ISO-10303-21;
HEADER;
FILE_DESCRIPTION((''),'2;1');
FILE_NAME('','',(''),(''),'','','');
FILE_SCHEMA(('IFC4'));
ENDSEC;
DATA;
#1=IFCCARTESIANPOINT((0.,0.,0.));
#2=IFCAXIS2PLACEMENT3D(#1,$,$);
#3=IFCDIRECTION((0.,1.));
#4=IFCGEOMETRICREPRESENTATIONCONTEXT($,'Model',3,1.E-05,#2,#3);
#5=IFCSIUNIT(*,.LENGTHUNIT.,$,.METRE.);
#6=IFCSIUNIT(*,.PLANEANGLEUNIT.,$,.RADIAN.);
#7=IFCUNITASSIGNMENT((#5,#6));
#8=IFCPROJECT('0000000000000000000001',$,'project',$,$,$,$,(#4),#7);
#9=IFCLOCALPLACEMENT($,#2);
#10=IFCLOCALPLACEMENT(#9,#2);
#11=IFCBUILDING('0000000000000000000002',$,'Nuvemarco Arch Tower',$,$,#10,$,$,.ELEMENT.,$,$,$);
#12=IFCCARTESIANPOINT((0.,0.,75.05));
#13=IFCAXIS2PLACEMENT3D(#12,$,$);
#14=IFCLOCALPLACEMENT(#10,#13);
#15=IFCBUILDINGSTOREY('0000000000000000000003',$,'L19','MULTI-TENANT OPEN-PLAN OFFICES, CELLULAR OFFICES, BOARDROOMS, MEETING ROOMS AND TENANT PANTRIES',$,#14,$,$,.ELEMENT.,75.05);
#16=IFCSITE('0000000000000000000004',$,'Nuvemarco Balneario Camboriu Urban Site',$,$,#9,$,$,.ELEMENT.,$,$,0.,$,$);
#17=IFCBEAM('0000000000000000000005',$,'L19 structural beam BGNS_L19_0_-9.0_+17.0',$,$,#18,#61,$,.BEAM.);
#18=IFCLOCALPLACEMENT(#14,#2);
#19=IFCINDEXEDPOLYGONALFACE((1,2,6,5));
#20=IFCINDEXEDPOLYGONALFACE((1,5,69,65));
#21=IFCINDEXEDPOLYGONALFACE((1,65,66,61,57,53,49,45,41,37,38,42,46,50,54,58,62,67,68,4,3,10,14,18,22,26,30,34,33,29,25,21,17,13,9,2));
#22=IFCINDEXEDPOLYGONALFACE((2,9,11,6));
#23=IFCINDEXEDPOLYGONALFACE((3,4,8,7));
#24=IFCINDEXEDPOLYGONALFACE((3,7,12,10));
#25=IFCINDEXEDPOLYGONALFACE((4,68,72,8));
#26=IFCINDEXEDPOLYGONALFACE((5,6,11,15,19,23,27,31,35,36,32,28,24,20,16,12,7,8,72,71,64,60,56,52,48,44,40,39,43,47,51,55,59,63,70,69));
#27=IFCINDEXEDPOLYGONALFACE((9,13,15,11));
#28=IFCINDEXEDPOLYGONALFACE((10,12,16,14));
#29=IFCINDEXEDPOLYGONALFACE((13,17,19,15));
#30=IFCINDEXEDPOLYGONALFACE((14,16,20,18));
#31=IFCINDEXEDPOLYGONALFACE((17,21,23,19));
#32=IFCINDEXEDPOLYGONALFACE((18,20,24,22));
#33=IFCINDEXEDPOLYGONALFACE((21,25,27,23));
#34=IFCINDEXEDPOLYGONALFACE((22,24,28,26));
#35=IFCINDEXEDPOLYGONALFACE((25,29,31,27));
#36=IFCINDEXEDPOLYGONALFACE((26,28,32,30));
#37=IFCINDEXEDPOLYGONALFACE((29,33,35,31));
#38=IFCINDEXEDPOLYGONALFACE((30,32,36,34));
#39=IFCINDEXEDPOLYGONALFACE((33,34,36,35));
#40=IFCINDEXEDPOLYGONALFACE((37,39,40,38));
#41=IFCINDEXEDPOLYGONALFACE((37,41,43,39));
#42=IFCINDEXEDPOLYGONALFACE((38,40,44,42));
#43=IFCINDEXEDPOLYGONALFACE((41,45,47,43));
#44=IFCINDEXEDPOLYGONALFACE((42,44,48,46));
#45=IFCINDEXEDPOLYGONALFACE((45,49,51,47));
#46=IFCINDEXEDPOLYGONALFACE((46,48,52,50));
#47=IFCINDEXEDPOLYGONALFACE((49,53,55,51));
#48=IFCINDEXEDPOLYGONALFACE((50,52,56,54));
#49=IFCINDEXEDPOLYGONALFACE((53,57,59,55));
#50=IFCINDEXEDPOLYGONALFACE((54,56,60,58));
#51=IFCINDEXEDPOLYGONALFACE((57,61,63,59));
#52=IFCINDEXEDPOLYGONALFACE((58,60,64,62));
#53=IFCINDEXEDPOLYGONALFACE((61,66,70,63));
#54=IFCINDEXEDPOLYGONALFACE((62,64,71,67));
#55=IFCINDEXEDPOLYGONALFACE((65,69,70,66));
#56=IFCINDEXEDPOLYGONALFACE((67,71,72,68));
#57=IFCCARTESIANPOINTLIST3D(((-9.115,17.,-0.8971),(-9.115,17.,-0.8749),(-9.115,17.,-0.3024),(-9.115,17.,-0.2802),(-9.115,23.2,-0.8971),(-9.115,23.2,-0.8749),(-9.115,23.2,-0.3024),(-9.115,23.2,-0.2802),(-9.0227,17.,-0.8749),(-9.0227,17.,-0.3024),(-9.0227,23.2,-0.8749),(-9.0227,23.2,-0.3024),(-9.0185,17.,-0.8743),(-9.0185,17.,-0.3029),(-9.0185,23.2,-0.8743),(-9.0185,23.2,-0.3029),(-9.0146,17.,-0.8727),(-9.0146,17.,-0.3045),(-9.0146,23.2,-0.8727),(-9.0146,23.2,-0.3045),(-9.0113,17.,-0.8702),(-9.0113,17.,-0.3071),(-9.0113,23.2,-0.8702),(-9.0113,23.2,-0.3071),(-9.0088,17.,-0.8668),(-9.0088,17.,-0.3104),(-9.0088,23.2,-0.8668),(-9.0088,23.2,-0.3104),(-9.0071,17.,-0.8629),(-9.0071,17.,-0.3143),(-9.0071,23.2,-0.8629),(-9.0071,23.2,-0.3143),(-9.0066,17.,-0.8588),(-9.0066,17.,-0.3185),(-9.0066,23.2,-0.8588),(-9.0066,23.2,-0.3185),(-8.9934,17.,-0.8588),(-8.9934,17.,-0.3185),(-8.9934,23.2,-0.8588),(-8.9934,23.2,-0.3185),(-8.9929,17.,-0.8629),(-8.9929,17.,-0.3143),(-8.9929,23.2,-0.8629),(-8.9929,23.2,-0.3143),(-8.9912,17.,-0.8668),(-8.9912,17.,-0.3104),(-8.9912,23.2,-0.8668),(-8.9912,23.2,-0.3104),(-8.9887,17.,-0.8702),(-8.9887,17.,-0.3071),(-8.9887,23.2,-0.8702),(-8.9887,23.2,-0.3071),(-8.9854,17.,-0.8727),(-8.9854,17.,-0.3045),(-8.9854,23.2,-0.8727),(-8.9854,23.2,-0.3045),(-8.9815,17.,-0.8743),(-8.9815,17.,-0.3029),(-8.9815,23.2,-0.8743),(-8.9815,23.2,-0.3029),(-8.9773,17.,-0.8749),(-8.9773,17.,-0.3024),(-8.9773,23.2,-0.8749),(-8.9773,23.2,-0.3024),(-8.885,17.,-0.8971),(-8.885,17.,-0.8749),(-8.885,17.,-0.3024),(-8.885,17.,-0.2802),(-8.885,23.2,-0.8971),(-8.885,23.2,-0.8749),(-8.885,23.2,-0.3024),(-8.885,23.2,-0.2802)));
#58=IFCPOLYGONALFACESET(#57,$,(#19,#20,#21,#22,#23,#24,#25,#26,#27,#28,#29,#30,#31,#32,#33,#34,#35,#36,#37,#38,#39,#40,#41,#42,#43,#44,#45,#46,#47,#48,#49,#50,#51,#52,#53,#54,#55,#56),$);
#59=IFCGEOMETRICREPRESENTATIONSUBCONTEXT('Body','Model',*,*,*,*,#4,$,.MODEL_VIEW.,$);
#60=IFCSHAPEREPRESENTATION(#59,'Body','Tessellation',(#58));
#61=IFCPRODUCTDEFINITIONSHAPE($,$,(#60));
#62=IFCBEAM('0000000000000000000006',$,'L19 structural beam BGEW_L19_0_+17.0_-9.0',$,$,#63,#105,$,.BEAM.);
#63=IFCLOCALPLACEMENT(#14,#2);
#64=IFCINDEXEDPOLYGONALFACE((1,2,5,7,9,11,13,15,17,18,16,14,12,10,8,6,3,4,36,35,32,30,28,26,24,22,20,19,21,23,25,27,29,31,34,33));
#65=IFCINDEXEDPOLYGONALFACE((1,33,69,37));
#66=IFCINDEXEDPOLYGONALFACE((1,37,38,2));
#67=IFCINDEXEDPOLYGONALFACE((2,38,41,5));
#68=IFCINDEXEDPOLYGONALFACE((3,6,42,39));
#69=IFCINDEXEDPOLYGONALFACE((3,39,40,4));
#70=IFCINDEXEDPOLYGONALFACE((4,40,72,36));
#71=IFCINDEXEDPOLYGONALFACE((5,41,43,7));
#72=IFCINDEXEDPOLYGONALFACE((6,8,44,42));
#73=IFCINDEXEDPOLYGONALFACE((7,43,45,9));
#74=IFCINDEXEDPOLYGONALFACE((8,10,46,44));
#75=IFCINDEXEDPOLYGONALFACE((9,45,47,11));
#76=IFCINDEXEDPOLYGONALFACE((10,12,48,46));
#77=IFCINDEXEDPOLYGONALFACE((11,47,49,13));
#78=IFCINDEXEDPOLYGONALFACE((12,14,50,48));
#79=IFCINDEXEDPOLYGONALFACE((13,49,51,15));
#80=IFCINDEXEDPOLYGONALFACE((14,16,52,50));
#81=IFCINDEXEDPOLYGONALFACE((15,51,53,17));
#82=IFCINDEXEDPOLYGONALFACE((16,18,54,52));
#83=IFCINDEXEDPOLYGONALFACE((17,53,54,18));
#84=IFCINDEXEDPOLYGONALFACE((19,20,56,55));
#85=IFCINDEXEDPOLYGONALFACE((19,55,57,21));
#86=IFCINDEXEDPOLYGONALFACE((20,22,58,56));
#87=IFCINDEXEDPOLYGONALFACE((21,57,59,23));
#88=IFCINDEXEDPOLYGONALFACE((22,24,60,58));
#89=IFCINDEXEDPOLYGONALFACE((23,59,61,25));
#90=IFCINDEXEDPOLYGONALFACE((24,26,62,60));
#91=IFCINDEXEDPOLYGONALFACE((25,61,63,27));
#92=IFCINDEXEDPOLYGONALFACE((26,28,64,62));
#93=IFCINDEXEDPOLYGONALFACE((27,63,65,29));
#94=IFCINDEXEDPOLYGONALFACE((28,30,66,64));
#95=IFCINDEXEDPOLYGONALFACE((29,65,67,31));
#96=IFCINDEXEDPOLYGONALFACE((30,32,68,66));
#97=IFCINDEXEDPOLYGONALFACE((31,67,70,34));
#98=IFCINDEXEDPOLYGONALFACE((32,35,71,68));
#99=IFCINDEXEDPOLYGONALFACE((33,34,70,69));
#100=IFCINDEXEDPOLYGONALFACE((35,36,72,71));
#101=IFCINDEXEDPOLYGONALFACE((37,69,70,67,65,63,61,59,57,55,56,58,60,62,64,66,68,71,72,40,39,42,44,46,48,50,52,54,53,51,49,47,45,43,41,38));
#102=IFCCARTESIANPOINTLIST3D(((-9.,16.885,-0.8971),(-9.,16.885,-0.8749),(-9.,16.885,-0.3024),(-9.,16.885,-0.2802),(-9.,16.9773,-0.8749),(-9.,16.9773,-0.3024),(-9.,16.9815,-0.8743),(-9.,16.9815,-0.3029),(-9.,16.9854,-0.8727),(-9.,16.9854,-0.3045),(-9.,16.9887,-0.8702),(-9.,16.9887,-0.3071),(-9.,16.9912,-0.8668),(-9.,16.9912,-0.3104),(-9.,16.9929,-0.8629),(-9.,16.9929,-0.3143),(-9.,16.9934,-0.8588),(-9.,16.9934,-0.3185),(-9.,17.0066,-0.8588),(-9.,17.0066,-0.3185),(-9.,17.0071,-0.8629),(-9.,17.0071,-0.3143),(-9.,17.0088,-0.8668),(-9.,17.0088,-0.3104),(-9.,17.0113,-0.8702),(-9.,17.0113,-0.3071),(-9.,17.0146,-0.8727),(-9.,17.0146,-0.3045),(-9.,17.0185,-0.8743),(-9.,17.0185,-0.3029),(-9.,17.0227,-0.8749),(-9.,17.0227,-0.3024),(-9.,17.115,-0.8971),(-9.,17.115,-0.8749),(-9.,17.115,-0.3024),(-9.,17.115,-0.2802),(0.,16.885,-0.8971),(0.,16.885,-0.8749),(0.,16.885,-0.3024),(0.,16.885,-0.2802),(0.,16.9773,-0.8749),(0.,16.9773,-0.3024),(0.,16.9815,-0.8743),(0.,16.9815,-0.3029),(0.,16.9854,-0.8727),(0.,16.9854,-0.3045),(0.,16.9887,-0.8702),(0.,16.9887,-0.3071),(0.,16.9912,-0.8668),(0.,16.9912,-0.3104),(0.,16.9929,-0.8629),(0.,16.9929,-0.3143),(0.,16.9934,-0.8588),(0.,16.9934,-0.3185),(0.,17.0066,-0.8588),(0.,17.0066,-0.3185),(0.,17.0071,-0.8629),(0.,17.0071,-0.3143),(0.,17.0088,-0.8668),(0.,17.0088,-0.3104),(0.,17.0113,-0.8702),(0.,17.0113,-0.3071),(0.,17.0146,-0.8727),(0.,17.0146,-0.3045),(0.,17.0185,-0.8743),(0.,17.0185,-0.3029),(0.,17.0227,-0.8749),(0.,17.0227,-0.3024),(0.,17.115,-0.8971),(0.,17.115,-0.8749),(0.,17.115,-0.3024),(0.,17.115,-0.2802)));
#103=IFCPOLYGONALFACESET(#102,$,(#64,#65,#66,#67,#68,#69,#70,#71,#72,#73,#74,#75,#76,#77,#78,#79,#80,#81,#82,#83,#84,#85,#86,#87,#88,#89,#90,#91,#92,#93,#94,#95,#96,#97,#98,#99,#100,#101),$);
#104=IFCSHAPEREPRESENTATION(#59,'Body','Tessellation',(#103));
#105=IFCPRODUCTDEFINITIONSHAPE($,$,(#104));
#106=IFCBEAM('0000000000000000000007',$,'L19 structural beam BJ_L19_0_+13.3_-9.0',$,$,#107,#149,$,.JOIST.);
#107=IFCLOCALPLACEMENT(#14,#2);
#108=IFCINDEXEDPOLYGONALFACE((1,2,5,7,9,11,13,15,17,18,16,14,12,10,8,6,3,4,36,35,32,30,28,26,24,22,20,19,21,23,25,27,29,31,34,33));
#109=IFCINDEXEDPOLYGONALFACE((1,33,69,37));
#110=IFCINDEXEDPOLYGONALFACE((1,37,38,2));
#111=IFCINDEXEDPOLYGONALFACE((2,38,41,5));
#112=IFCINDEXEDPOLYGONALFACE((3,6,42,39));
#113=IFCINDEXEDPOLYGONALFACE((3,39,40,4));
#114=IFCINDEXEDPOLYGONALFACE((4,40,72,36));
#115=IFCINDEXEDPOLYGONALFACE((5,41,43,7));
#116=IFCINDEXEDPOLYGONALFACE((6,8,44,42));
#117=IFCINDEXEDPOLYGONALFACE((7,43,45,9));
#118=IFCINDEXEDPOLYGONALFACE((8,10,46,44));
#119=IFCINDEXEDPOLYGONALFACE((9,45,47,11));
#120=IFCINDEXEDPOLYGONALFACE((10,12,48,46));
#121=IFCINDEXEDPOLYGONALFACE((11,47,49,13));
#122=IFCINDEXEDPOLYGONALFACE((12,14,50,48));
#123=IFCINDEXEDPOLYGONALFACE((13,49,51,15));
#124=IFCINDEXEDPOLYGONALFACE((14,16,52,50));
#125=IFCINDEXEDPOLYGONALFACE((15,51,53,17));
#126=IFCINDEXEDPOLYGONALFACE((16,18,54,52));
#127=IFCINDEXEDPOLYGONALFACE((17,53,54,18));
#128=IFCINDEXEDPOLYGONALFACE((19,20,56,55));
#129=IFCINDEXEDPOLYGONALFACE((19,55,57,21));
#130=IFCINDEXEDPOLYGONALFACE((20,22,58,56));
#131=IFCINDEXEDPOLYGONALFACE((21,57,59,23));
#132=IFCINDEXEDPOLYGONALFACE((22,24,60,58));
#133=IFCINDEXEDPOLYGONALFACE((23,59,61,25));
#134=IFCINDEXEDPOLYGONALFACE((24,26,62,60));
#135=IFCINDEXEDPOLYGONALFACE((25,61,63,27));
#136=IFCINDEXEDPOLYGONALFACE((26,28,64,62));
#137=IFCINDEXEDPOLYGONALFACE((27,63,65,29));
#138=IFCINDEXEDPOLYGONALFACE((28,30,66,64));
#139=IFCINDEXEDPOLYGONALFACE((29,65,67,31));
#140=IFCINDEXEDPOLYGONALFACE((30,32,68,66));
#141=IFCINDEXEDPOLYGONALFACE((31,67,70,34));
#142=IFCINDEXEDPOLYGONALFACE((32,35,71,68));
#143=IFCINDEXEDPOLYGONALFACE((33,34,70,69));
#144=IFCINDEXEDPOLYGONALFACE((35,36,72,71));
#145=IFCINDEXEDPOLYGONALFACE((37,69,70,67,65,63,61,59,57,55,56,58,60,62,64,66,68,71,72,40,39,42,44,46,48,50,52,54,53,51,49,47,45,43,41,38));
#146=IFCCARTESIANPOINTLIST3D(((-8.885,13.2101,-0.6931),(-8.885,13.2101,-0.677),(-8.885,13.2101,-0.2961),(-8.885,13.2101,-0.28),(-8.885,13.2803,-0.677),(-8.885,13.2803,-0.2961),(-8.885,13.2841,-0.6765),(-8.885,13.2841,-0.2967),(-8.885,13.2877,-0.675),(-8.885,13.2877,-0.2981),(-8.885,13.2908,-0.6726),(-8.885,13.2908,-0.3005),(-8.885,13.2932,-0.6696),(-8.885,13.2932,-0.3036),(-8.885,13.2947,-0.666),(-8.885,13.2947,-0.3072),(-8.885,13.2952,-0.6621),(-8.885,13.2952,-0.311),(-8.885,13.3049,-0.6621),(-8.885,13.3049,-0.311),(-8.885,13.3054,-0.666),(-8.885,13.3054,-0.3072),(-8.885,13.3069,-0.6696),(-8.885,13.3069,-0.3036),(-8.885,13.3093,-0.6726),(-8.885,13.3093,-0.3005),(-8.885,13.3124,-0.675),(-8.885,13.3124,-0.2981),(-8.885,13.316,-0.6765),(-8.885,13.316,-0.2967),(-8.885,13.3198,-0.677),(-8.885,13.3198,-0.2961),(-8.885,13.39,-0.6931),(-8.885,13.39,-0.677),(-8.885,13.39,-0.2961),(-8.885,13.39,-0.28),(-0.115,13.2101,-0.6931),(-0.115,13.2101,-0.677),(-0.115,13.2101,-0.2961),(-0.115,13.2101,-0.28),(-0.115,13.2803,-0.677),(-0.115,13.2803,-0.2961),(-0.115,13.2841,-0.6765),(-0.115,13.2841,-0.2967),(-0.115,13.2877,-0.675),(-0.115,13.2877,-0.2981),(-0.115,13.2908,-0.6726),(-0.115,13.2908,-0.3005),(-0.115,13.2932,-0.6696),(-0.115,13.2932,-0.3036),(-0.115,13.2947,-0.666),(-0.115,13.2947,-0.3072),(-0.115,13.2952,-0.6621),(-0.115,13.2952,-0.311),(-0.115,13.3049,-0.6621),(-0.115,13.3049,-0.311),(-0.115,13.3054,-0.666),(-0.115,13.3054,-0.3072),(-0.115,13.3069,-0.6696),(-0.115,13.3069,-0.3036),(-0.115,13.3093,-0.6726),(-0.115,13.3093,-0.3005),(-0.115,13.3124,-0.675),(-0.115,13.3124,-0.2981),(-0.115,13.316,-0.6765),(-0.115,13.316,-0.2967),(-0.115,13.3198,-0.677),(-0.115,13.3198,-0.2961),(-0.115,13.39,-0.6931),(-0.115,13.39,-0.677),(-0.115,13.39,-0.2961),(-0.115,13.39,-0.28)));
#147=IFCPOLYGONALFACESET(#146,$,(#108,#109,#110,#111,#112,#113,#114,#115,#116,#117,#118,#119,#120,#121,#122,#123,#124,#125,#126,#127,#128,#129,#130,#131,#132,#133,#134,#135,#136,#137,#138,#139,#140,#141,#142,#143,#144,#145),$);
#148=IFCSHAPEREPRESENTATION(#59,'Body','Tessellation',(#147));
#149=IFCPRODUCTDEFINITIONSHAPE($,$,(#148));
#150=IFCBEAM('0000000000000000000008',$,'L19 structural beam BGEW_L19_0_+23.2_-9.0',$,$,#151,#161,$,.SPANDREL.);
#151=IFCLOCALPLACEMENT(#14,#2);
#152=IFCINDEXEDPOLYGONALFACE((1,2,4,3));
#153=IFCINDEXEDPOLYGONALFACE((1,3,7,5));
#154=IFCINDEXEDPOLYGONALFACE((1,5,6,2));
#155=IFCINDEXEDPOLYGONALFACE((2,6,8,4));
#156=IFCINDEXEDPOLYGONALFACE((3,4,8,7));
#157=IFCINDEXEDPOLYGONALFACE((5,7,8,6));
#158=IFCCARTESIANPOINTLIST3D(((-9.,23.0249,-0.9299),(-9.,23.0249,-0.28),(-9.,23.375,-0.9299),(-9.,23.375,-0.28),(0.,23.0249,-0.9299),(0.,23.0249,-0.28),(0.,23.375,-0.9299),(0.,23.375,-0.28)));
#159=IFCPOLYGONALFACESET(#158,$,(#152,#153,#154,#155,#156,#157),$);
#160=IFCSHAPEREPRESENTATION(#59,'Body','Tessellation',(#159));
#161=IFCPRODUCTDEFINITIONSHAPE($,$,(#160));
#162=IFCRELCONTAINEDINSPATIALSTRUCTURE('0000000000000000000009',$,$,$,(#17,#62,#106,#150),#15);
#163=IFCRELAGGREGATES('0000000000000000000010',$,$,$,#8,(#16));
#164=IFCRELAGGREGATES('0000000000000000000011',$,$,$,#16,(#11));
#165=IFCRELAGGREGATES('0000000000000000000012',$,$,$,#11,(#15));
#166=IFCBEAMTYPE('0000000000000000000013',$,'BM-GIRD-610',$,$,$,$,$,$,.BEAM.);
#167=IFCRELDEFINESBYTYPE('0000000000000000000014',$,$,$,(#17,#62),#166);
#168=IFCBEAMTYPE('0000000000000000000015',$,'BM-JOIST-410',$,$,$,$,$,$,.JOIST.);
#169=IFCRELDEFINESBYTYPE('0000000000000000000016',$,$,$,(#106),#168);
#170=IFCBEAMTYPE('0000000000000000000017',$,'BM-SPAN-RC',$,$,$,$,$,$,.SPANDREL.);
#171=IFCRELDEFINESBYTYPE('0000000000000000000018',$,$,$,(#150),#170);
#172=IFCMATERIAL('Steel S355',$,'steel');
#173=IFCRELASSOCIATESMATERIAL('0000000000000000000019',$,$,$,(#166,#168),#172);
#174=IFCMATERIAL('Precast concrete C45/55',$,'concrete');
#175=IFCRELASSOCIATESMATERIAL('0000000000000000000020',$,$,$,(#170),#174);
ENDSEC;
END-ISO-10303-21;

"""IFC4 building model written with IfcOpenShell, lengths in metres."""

from ifc_helpers import new_model, si_unit, direction, frame, origin, origin_2d, place, context, subcontext, project, spatial, rectangle, i_section, extrude, material, material_profile, profile_set, type_object, element, save


model = new_model("IFC4")

# Units and contexts
model_context = context("Model", 3, precision=1e-05, world=origin(), true_north=direction((0.0, 1.0)))
body_context = subcontext(model_context, "Body", "Model", "MODEL_VIEW")
ifc_project = project(units=[si_unit("LENGTHUNIT", "METRE"), si_unit("PLANEANGLEUNIT", "RADIAN")], contexts=[model_context])

# Site, building, storey
site_placement = place(None, origin())
site = spatial("IfcSite", under=ifc_project, at=site_placement, Name="Nuvemarco Balneario Camboriu Urban Site", CompositionType="ELEMENT", RefElevation=0.0)
building_placement = place(site_placement, origin())
building = spatial("IfcBuilding", under=site, at=building_placement, Name="Nuvemarco Arch Tower", CompositionType="ELEMENT")
storey_placement = place(building_placement, frame((0.0, 0.0, 75.05)))
storey = spatial("IfcBuildingStorey", under=building, at=storey_placement, Name="L19", Description="MULTI-TENANT OPEN-PLAN OFFICES, CELLULAR OFFICES, BOARDROOMS, MEETING ROOMS AND TENANT PANTRIES", CompositionType="ELEMENT", Elevation=75.05)

# Shared definitions
ifc_material_1 = material(Name="Steel S355", Category="steel")

# Beams
ifc_material_profile_1 = material_profile(ifc_material_1, i_section(OverallWidth=0.23, OverallDepth=0.6169, WebThickness=0.0132, FlangeThickness=0.0222, FilletRadius=0.0161, at=origin_2d()), Name="W610x140")
ifc_profile_set_1 = profile_set([ifc_material_profile_1], Name="Steel S355")
beam_type_1 = type_object("IfcBeamType", Name="BM-GIRD-610", PredefinedType="BEAM", material=ifc_profile_set_1)
beam_1_placement = place(storey_placement, frame((-9.0, 17.0, -0.5886), z_axis=(0.0, 1.0, 0.0), x_axis=(-1.0, 0.0, 0.0)))
element("IfcBeam", 1, at=beam_1_placement, inside=storey, type_object=beam_type_1, Name="L19 structural beam BGNS_L19_0_-9.0_+17.0", PredefinedType="BEAM", context=body_context, shape_type="SweptSolid", body=[
    extrude(i_section(OverallWidth=0.23, OverallDepth=0.6169, WebThickness=0.0132, FlangeThickness=0.0222, FilletRadius=0.0161, at=origin_2d()), origin(), (0.0, 0.0, 1.0), 6.2),
])
beam_2_placement = place(storey_placement, frame((-9.0, 17.0, -0.5886), z_axis=(1.0, 0.0, 0.0), x_axis=(0.0, 1.0, 0.0)))
element("IfcBeam", 2, at=beam_2_placement, inside=storey, type_object=beam_type_1, Name="L19 structural beam BGEW_L19_0_+17.0_-9.0", PredefinedType="BEAM", context=body_context, shape_type="SweptSolid", body=[
    extrude(i_section(OverallWidth=0.23, OverallDepth=0.6169, WebThickness=0.0132, FlangeThickness=0.0222, FilletRadius=0.0161, at=origin_2d()), origin(), (0.0, 0.0, 1.0), 9.0),
])
ifc_material_profile_2 = material_profile(ifc_material_1, i_section(OverallWidth=0.1799, OverallDepth=0.4131, WebThickness=0.0098, FlangeThickness=0.0161, FilletRadius=0.0149, at=origin_2d()), Name="W410x75")
ifc_profile_set_2 = profile_set([ifc_material_profile_2], Name="Steel S355")
beam_type_2 = type_object("IfcBeamType", Name="BM-JOIST-410", PredefinedType="JOIST", material=ifc_profile_set_2)
beam_3_placement = place(storey_placement, frame((-8.885, 13.3, -0.4866), z_axis=(1.0, 0.0, 0.0), x_axis=(0.0, 1.0, 0.0)))
element("IfcBeam", 3, at=beam_3_placement, inside=storey, type_object=beam_type_2, Name="L19 structural beam BJ_L19_0_+13.3_-9.0", PredefinedType="JOIST", context=body_context, shape_type="SweptSolid", body=[
    extrude(i_section(OverallWidth=0.1799, OverallDepth=0.4131, WebThickness=0.0098, FlangeThickness=0.0161, FilletRadius=0.0149, at=origin_2d()), origin(), (0.0, 0.0, 1.0), 8.77),
])
ifc_material_2 = material(Name="Precast concrete C45/55", Category="concrete")
ifc_material_profile_3 = material_profile(ifc_material_2, rectangle(XDim=0.3501, YDim=0.6499, at=origin_2d()), Name="PC-SP-350x650")
ifc_profile_set_3 = profile_set([ifc_material_profile_3], Name="Precast concrete C45/55")
beam_type_3 = type_object("IfcBeamType", Name="BM-SPAN-RC", PredefinedType="SPANDREL", material=ifc_profile_set_3)
beam_4_placement = place(storey_placement, frame((-9.0, 23.2, -0.605), z_axis=(1.0, 0.0, 0.0), x_axis=(0.0, 1.0, 0.0)))
element("IfcBeam", 4, at=beam_4_placement, inside=storey, type_object=beam_type_3, Name="L19 structural beam BGEW_L19_0_+23.2_-9.0", PredefinedType="SPANDREL", context=body_context, shape_type="SweptSolid", body=[
    extrude(rectangle(XDim=0.3501, YDim=0.6499, at=origin_2d()), origin(), (0.0, 0.0, 1.0), 9.0),
])

save(model, "model.ifc")
